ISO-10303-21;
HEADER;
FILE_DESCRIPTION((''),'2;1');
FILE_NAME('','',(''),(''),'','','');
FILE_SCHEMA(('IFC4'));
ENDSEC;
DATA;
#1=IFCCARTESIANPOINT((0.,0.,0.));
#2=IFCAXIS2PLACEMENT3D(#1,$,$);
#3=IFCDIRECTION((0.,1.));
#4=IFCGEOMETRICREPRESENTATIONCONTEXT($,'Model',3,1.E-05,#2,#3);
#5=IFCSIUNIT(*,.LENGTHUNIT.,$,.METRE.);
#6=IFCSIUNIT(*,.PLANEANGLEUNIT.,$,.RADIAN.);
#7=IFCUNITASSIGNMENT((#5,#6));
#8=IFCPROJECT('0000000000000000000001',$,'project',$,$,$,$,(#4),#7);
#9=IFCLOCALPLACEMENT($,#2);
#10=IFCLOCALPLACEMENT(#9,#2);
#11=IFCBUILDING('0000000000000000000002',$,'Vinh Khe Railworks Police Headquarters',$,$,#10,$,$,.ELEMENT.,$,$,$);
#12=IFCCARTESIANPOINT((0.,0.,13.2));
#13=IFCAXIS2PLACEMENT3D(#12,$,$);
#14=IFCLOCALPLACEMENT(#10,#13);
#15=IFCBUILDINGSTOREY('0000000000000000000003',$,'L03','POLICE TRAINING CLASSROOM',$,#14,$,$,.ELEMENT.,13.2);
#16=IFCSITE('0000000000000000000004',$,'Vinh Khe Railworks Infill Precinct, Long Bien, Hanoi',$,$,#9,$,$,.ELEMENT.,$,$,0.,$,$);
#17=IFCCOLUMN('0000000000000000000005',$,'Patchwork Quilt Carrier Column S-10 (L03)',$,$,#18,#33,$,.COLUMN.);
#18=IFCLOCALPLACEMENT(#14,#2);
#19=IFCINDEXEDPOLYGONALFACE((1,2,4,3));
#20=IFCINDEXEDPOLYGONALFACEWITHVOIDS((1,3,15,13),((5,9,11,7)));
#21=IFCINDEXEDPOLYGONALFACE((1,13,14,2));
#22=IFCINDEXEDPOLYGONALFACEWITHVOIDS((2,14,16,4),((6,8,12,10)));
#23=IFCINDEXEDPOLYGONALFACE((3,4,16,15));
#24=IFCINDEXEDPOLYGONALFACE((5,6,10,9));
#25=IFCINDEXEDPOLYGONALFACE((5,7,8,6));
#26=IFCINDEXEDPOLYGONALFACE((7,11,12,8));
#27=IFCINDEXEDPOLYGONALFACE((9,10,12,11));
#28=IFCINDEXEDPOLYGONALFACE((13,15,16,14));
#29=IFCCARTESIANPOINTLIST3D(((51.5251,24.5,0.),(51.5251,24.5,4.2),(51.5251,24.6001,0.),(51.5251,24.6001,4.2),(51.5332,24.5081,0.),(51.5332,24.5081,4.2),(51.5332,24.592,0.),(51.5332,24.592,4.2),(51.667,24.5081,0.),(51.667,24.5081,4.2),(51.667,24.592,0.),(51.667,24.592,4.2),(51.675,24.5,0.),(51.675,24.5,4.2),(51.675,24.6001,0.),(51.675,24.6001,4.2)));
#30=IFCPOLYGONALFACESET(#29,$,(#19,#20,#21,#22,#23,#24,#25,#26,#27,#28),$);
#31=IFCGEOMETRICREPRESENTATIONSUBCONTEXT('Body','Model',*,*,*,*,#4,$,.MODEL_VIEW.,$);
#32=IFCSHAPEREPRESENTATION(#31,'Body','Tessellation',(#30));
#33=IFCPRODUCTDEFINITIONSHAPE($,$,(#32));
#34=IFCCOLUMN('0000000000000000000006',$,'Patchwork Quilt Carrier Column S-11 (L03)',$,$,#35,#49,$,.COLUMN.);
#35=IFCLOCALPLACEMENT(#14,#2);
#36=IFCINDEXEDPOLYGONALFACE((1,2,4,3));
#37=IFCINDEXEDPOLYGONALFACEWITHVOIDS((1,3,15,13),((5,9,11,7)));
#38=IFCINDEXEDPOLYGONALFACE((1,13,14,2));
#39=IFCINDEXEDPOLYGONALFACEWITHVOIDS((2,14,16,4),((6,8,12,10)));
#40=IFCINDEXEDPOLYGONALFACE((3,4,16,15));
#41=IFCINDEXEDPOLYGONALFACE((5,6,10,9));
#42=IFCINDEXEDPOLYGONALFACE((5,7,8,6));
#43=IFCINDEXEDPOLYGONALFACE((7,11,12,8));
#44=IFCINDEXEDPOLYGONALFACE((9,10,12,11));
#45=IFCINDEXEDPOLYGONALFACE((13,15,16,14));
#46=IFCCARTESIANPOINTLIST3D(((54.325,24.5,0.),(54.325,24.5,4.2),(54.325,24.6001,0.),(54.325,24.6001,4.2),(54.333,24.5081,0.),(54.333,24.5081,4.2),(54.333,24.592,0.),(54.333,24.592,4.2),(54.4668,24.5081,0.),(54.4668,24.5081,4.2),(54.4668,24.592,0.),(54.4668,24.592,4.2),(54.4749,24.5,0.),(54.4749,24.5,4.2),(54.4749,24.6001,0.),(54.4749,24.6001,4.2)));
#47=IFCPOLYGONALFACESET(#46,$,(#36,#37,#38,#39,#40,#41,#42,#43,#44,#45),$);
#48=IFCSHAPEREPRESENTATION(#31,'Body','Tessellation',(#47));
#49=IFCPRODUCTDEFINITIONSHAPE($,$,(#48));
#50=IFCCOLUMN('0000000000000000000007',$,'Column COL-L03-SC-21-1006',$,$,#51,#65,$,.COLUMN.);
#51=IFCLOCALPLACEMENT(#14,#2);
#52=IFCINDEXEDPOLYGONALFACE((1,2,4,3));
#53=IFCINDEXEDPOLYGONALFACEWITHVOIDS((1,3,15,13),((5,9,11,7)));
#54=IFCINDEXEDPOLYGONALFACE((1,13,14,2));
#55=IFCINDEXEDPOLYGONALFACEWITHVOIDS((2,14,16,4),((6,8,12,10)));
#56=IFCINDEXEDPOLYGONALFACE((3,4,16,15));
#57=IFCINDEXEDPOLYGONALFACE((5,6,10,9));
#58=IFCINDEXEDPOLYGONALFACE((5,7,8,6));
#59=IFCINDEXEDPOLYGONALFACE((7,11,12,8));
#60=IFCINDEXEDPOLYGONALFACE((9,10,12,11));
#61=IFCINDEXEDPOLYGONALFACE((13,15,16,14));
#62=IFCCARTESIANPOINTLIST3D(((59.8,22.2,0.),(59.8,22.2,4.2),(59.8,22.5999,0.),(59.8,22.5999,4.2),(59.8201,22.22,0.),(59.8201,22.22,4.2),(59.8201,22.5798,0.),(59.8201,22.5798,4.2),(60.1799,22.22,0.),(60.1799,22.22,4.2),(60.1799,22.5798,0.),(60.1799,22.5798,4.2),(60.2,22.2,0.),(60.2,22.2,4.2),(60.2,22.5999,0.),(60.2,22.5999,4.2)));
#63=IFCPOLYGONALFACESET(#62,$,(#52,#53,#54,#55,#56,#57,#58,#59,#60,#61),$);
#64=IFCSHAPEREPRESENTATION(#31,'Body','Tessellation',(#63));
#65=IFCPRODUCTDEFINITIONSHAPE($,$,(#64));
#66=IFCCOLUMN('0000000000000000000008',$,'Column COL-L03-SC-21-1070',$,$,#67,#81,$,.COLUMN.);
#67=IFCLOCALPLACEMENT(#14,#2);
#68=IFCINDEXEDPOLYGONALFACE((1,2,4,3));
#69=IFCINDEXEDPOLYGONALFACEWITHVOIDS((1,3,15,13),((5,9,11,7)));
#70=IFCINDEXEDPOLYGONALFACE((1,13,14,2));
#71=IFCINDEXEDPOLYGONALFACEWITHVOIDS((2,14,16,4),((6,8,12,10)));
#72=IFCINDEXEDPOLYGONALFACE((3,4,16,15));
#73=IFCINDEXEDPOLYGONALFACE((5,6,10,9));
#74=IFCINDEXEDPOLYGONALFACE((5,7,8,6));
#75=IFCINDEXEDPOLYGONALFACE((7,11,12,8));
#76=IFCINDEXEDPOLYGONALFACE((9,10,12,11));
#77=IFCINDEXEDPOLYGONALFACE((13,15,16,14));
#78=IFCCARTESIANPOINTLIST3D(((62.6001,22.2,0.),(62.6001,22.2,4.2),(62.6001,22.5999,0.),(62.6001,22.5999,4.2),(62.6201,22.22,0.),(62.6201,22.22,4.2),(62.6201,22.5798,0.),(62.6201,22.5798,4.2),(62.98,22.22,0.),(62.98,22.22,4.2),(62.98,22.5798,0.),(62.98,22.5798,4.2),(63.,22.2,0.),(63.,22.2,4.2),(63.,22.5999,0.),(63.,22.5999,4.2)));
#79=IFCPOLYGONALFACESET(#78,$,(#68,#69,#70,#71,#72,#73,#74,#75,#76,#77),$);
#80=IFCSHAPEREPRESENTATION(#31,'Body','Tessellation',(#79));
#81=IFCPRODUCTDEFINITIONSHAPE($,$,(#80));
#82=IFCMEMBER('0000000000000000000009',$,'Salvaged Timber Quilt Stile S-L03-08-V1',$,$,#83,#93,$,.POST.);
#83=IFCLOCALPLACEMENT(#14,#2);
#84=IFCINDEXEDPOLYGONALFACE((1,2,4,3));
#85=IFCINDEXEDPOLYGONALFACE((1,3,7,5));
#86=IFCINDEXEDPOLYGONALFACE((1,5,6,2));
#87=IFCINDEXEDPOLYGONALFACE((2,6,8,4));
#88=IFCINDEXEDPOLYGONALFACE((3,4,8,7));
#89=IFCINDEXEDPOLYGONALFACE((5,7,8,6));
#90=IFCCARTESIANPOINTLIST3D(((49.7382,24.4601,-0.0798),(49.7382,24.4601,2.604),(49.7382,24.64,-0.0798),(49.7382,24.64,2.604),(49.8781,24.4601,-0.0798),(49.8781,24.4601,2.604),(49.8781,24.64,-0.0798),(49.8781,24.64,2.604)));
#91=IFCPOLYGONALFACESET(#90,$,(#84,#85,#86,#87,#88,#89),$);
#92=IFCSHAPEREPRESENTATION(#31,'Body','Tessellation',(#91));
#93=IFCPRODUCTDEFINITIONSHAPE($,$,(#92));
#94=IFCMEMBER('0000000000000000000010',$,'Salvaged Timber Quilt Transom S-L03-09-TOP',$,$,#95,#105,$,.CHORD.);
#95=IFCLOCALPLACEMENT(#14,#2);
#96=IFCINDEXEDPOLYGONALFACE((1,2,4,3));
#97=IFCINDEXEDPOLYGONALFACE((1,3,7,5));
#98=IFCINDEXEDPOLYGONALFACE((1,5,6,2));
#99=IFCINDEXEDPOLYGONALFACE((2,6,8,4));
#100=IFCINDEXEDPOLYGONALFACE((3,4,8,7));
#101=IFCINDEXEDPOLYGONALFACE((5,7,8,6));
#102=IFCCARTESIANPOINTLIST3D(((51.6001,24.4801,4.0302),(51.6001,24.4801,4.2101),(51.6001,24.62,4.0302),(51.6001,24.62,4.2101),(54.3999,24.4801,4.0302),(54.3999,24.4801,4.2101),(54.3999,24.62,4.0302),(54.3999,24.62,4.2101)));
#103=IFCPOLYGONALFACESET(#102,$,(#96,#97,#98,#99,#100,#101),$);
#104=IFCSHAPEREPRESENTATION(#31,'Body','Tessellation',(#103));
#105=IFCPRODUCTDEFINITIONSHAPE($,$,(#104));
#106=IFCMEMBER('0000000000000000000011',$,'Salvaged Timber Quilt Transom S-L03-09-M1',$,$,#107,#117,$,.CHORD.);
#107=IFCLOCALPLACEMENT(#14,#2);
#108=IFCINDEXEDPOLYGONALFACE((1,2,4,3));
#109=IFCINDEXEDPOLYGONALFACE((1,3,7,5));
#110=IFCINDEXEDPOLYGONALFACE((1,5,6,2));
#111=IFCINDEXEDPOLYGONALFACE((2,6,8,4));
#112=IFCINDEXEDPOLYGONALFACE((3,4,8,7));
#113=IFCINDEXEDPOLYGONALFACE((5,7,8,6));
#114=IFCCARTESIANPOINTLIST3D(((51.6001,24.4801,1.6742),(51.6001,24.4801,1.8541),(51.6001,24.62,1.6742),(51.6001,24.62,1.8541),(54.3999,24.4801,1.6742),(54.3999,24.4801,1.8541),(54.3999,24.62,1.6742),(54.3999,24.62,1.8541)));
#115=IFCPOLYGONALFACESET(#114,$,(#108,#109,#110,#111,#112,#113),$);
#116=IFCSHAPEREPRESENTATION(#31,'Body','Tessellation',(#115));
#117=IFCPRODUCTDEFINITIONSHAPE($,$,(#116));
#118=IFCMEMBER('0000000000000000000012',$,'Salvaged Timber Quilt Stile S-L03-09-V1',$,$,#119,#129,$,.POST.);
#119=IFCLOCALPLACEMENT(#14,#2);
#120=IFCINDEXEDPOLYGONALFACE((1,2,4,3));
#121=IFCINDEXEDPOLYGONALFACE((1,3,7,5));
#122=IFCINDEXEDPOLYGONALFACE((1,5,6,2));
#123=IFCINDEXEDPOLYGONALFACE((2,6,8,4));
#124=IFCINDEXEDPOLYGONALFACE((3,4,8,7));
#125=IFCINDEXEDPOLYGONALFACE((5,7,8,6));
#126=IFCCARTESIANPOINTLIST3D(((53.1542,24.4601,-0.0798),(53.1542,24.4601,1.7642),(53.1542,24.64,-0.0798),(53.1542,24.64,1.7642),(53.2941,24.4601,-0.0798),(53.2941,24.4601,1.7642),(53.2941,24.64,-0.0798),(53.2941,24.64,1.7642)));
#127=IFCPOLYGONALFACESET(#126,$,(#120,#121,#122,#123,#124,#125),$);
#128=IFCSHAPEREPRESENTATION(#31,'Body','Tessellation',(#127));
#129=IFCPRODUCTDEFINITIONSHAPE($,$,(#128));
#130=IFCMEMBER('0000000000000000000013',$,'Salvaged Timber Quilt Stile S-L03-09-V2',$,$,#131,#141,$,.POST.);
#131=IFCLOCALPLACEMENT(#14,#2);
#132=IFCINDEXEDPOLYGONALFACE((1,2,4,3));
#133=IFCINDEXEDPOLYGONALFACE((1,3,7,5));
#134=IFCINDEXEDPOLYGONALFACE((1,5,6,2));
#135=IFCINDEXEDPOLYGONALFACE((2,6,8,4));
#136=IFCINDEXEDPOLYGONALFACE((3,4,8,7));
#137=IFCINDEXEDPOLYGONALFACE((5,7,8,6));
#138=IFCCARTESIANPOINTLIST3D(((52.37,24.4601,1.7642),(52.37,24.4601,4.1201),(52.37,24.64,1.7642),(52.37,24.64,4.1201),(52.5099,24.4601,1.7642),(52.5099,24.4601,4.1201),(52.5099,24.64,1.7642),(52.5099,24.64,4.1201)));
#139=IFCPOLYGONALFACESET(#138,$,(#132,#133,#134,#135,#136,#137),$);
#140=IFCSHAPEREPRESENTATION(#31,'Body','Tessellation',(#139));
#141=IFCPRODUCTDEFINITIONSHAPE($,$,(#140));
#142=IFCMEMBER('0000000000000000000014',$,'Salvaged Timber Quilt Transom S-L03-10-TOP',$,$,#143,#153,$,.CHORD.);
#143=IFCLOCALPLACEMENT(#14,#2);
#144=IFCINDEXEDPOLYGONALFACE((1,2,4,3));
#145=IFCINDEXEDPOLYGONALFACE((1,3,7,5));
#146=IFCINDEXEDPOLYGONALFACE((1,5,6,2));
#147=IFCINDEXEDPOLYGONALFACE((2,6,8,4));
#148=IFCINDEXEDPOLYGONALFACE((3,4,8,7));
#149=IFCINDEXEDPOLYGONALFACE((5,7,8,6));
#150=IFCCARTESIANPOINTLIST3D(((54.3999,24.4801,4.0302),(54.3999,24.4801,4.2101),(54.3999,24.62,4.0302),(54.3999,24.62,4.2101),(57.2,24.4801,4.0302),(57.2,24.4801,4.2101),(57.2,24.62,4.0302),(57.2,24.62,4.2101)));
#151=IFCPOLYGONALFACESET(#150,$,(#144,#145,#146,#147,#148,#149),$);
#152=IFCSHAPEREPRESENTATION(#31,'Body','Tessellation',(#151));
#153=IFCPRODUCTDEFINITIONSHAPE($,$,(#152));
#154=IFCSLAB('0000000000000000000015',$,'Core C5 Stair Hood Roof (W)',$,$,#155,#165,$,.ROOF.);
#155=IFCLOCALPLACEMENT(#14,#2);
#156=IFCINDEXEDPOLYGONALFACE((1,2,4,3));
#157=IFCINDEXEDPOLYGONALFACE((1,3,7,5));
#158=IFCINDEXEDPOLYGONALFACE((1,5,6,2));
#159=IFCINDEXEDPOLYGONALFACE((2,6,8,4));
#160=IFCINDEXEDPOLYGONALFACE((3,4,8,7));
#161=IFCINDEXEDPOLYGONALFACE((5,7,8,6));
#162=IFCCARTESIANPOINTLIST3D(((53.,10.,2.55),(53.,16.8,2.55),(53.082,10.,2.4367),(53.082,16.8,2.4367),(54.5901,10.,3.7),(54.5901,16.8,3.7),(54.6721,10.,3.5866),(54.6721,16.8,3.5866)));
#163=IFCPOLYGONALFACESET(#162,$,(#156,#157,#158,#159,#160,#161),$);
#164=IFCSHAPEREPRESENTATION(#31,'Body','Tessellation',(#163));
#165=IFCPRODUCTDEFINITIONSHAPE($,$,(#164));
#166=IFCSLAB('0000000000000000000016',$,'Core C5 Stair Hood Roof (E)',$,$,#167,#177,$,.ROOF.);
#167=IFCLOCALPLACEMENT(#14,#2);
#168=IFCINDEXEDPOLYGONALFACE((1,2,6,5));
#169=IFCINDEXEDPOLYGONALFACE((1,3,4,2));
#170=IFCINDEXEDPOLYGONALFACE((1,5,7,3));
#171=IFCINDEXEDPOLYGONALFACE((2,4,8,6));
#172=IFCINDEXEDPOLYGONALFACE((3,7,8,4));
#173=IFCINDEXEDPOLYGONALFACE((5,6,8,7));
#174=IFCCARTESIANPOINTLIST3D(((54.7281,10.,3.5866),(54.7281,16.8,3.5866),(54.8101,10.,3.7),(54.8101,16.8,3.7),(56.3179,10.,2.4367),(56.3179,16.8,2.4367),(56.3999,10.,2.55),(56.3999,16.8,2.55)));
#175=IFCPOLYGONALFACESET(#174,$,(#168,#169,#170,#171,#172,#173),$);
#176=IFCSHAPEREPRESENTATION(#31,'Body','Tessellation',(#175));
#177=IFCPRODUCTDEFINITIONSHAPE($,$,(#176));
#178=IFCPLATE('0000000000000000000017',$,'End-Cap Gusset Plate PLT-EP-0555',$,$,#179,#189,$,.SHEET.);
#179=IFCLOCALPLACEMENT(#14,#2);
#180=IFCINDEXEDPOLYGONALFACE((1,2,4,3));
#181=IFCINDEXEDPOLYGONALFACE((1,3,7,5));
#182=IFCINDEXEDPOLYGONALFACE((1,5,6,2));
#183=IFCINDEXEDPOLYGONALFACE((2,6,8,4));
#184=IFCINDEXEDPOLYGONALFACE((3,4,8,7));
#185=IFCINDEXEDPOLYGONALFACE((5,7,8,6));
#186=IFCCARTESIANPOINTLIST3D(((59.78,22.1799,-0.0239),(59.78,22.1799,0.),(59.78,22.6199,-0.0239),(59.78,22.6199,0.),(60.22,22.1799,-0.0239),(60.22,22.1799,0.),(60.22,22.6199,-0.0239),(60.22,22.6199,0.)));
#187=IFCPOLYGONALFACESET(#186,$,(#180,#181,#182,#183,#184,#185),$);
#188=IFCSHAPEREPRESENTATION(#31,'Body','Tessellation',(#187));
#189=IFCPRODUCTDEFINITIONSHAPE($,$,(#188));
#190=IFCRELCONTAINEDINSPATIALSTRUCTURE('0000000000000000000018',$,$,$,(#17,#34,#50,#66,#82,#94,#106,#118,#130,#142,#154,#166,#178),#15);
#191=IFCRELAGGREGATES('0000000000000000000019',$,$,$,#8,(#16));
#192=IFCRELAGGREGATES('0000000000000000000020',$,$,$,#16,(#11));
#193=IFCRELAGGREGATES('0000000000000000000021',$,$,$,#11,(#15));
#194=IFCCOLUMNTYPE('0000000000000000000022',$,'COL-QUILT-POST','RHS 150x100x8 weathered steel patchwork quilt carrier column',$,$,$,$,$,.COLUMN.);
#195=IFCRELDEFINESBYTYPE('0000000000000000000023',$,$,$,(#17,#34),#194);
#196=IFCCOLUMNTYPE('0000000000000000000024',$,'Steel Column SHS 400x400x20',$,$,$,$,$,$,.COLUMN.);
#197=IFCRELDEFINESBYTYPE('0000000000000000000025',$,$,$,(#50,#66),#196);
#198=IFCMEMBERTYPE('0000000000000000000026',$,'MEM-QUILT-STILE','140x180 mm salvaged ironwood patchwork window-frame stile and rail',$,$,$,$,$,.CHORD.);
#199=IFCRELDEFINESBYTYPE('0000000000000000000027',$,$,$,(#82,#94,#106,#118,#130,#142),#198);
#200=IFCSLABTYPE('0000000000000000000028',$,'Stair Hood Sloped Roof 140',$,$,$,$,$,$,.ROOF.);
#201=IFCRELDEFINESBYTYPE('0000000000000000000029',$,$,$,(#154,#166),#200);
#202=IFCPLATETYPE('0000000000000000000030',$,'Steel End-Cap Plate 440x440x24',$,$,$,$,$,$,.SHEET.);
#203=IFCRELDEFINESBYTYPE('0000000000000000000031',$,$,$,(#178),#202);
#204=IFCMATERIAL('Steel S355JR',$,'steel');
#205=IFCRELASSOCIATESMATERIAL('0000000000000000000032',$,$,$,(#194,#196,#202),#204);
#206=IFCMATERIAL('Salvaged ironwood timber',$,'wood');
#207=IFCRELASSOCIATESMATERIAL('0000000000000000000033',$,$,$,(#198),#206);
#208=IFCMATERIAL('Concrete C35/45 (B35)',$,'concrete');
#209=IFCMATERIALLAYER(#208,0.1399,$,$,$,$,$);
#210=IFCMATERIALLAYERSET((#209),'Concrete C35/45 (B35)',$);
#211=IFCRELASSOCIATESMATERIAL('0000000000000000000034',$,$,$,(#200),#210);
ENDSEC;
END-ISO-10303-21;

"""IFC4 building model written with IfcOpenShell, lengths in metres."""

from ifc_helpers import new_model, si_unit, direction, frame, origin, origin_2d, place, context, subcontext, project, spatial, polyline, rectangle, hollow_rectangle, outline, extrude, material, layer, layer_set, material_profile, profile_set, type_object, element, save


model = new_model("IFC4")

# Units and contexts
model_context = context("Model", 3, precision=1e-05, world=origin(), true_north=direction((0.0, 1.0)))
body_context = subcontext(model_context, "Body", "Model", "MODEL_VIEW")
ifc_project = project(units=[si_unit("LENGTHUNIT", "METRE"), si_unit("PLANEANGLEUNIT", "RADIAN")], contexts=[model_context])

# Site, building, storey
site_placement = place(None, origin())
site = spatial("IfcSite", under=ifc_project, at=site_placement, Name="Vinh Khe Railworks Infill Precinct, Long Bien, Hanoi", CompositionType="ELEMENT", RefElevation=0.0)
building_placement = place(site_placement, origin())
building = spatial("IfcBuilding", under=site, at=building_placement, Name="Vinh Khe Railworks Police Headquarters", CompositionType="ELEMENT")
storey_placement = place(building_placement, frame((0.0, 0.0, 13.2)))
storey = spatial("IfcBuildingStorey", under=building, at=storey_placement, Name="L03", Description="POLICE TRAINING CLASSROOM", CompositionType="ELEMENT", Elevation=13.2)

# Columns
ifc_material_1 = material(Name="Steel S355JR", Category="steel")
ifc_material_profile_1 = material_profile(ifc_material_1, hollow_rectangle(XDim=0.1499, YDim=0.1001, WallThickness=0.0081, at=origin_2d()), Name="RHS 150x100x8")
ifc_profile_set_1 = profile_set([ifc_material_profile_1], Name="Steel S355JR")
column_type_1 = type_object("IfcColumnType", Name="COL-QUILT-POST", Description="RHS 150x100x8 weathered steel patchwork quilt carrier column", PredefinedType="COLUMN", material=ifc_profile_set_1)
for number, where, z_axis, x_axis, name in (
    (1, (51.6001, 24.55, 0.0), (0.0, 0.0, 1.0), (1.0, 0.0, 0.0), "Patchwork Quilt Carrier Column S-10 (L03)"),
    (2, (54.3999, 24.55, 0.0), (0.0, 0.0, 1.0), (1.0, 0.0, 0.0), "Patchwork Quilt Carrier Column S-11 (L03)"),
):
    element("IfcColumn", number, at=place(storey_placement, frame(where, z_axis=z_axis, x_axis=x_axis)), inside=storey, type_object=column_type_1, Name=name, PredefinedType="COLUMN", context=body_context, shape_type="SweptSolid", body=[
        extrude(hollow_rectangle(XDim=0.1499, YDim=0.1001, WallThickness=0.0081, at=origin_2d()), origin(), (0.0, 0.0, 1.0), 4.2),
    ])
ifc_material_profile_2 = material_profile(ifc_material_1, hollow_rectangle(XDim=0.3999, YDim=0.3999, WallThickness=0.02, at=origin_2d()), Name="SHS 400x400x20")
ifc_profile_set_2 = profile_set([ifc_material_profile_2], Name="Steel S355JR")
column_type_2 = type_object("IfcColumnType", Name="Steel Column SHS 400x400x20", PredefinedType="COLUMN", material=ifc_profile_set_2)
for number, where, z_axis, x_axis, name in (
    (3, (60.0, 22.3999, 0.0), (0.0, 0.0, 1.0), (1.0, 0.0, 0.0), "Column COL-L03-SC-21-1006"),
    (4, (62.8, 22.3999, 0.0), (0.0, 0.0, 1.0), (1.0, 0.0, 0.0), "Column COL-L03-SC-21-1070"),
):
    element("IfcColumn", number, at=place(storey_placement, frame(where, z_axis=z_axis, x_axis=x_axis)), inside=storey, type_object=column_type_2, Name=name, PredefinedType="COLUMN", context=body_context, shape_type="SweptSolid", body=[
        extrude(hollow_rectangle(XDim=0.3999, YDim=0.3999, WallThickness=0.02, at=origin_2d()), origin(), (0.0, 0.0, 1.0), 4.2),
    ])

# Members
ifc_material_2 = material(Name="Salvaged ironwood timber", Category="wood")
ifc_material_profile_3 = material_profile(ifc_material_2, rectangle(XDim=0.1399, YDim=0.1799, at=origin_2d()), Name="TIMBER 140x180")
ifc_profile_set_3 = profile_set([ifc_material_profile_3], Name="Salvaged ironwood timber")
member_type = type_object("IfcMemberType", Name="MEM-QUILT-STILE", Description="140x180 mm salvaged ironwood patchwork window-frame stile and rail", PredefinedType="CHORD", material=ifc_profile_set_3)
member_1_placement = place(storey_placement, frame((49.8081, 24.55, -0.0798), z_axis=(0.0, 0.0, 1.0), x_axis=(1.0, 0.0, 0.0)))
element("IfcMember", 5, at=member_1_placement, inside=storey, type_object=member_type, Name="Salvaged Timber Quilt Stile S-L03-08-V1", PredefinedType="POST", context=body_context, shape_type="SweptSolid", body=[
    extrude(rectangle(XDim=0.1399, YDim=0.1799, at=origin_2d()), origin(), (0.0, 0.0, 1.0), 2.6838),
])
for number, where, z_axis, x_axis, name in (
    (6, (51.6001, 24.55, 4.1201), (1.0, 0.0, 0.0), (0.0, 1.0, 0.0), "Salvaged Timber Quilt Transom S-L03-09-TOP"),
    (7, (51.6001, 24.55, 1.7642), (1.0, 0.0, 0.0), (0.0, 1.0, 0.0), "Salvaged Timber Quilt Transom S-L03-09-M1"),
):
    element("IfcMember", number, at=place(storey_placement, frame(where, z_axis=z_axis, x_axis=x_axis)), inside=storey, type_object=member_type, Name=name, PredefinedType="CHORD", context=body_context, shape_type="SweptSolid", body=[
        extrude(rectangle(XDim=0.1399, YDim=0.1799, at=origin_2d()), origin(), (0.0, 0.0, 1.0), 2.7998),
    ])
member_2_placement = place(storey_placement, frame((53.2241, 24.55, -0.0798), z_axis=(0.0, 0.0, 1.0), x_axis=(1.0, 0.0, 0.0)))
element("IfcMember", 8, at=member_2_placement, inside=storey, type_object=member_type, Name="Salvaged Timber Quilt Stile S-L03-09-V1", PredefinedType="POST", context=body_context, shape_type="SweptSolid", body=[
    extrude(rectangle(XDim=0.1399, YDim=0.1799, at=origin_2d()), origin(), (0.0, 0.0, 1.0), 1.844),
])
member_3_placement = place(storey_placement, frame((52.4399, 24.55, 1.7642), z_axis=(0.0, 0.0, 1.0), x_axis=(1.0, 0.0, 0.0)))
element("IfcMember", 9, at=member_3_placement, inside=storey, type_object=member_type, Name="Salvaged Timber Quilt Stile S-L03-09-V2", PredefinedType="POST", context=body_context, shape_type="SweptSolid", body=[
    extrude(rectangle(XDim=0.1399, YDim=0.1799, at=origin_2d()), origin(), (0.0, 0.0, 1.0), 2.356),
])
member_4_placement = place(storey_placement, frame((54.3999, 24.55, 4.1201), z_axis=(1.0, 0.0, 0.0), x_axis=(0.0, 1.0, 0.0)))
element("IfcMember", 10, at=member_4_placement, inside=storey, type_object=member_type, Name="Salvaged Timber Quilt Transom S-L03-10-TOP", PredefinedType="CHORD", context=body_context, shape_type="SweptSolid", body=[
    extrude(rectangle(XDim=0.1399, YDim=0.1799, at=origin_2d()), origin(), (0.0, 0.0, 1.0), 2.8),
])

# Slabs
ifc_material_3 = material(Name="Concrete C35/45 (B35)", Category="concrete")
ifc_layer_1 = layer(ifc_material_3, 0.1399)
ifc_layer_set_1 = layer_set([ifc_layer_1], Name="Concrete C35/45 (B35)")
slab_type = type_object("IfcSlabType", Name="Stair Hood Sloped Roof 140", PredefinedType="ROOF", material=ifc_layer_set_1)
slab_1_placement = place(storey_placement, frame((53.0, 10.0, 2.55), z_axis=(-0.585995, 0.0, 0.810315), x_axis=(0.810315, 0.0, 0.585995)))
element("IfcSlab", 11, at=slab_1_placement, inside=storey, type_object=slab_type, Name="Core C5 Stair Hood Roof (W)", PredefinedType="ROOF", context=body_context, shape_type="SweptSolid", body=[
    extrude(outline(polyline([(0.0, 0.0), (1.9623, 0.0), (1.9623, 6.8), (0.0, 6.8), (0.0, 0.0)])), origin(), (0.0, 0.0, -1.0), 0.1399),
])
slab_2_placement = place(storey_placement, frame((54.8101, 10.0, 3.7), z_axis=(0.586054, 0.0, 0.810272), x_axis=(0.810272, 0.0, -0.586054)))
element("IfcSlab", 12, at=slab_2_placement, inside=storey, type_object=slab_type, Name="Core C5 Stair Hood Roof (E)", PredefinedType="ROOF", context=body_context, shape_type="SweptSolid", body=[
    extrude(outline(polyline([(0.0, 0.0), (1.9621, 0.0), (1.9621, 6.8), (0.0, 6.8), (0.0, 0.0)])), origin(), (0.0, 0.0, -1.0), 0.1399),
])

# Plate
ifc_material_profile_4 = material_profile(ifc_material_1, rectangle(XDim=0.4399, YDim=0.4399, at=origin_2d()), Name="PL 440x440")
ifc_profile_set_4 = profile_set([ifc_material_profile_4], Name="Steel S355JR")
plate_type = type_object("IfcPlateType", Name="Steel End-Cap Plate 440x440x24", PredefinedType="SHEET", material=ifc_profile_set_4)
plate_1_placement = place(storey_placement, frame((60.0, 22.3999, 0.0), z_axis=(0.0, 0.0, -1.0), x_axis=(1.0, 0.0, 0.0)))
element("IfcPlate", 13, at=plate_1_placement, inside=storey, type_object=plate_type, Name="End-Cap Gusset Plate PLT-EP-0555", PredefinedType="SHEET", context=body_context, shape_type="SweptSolid", body=[
    extrude(rectangle(XDim=0.4399, YDim=0.4399, at=origin_2d()), origin(), (0.0, 0.0, 1.0), 0.0239),
])

save(model, "model.ifc")
